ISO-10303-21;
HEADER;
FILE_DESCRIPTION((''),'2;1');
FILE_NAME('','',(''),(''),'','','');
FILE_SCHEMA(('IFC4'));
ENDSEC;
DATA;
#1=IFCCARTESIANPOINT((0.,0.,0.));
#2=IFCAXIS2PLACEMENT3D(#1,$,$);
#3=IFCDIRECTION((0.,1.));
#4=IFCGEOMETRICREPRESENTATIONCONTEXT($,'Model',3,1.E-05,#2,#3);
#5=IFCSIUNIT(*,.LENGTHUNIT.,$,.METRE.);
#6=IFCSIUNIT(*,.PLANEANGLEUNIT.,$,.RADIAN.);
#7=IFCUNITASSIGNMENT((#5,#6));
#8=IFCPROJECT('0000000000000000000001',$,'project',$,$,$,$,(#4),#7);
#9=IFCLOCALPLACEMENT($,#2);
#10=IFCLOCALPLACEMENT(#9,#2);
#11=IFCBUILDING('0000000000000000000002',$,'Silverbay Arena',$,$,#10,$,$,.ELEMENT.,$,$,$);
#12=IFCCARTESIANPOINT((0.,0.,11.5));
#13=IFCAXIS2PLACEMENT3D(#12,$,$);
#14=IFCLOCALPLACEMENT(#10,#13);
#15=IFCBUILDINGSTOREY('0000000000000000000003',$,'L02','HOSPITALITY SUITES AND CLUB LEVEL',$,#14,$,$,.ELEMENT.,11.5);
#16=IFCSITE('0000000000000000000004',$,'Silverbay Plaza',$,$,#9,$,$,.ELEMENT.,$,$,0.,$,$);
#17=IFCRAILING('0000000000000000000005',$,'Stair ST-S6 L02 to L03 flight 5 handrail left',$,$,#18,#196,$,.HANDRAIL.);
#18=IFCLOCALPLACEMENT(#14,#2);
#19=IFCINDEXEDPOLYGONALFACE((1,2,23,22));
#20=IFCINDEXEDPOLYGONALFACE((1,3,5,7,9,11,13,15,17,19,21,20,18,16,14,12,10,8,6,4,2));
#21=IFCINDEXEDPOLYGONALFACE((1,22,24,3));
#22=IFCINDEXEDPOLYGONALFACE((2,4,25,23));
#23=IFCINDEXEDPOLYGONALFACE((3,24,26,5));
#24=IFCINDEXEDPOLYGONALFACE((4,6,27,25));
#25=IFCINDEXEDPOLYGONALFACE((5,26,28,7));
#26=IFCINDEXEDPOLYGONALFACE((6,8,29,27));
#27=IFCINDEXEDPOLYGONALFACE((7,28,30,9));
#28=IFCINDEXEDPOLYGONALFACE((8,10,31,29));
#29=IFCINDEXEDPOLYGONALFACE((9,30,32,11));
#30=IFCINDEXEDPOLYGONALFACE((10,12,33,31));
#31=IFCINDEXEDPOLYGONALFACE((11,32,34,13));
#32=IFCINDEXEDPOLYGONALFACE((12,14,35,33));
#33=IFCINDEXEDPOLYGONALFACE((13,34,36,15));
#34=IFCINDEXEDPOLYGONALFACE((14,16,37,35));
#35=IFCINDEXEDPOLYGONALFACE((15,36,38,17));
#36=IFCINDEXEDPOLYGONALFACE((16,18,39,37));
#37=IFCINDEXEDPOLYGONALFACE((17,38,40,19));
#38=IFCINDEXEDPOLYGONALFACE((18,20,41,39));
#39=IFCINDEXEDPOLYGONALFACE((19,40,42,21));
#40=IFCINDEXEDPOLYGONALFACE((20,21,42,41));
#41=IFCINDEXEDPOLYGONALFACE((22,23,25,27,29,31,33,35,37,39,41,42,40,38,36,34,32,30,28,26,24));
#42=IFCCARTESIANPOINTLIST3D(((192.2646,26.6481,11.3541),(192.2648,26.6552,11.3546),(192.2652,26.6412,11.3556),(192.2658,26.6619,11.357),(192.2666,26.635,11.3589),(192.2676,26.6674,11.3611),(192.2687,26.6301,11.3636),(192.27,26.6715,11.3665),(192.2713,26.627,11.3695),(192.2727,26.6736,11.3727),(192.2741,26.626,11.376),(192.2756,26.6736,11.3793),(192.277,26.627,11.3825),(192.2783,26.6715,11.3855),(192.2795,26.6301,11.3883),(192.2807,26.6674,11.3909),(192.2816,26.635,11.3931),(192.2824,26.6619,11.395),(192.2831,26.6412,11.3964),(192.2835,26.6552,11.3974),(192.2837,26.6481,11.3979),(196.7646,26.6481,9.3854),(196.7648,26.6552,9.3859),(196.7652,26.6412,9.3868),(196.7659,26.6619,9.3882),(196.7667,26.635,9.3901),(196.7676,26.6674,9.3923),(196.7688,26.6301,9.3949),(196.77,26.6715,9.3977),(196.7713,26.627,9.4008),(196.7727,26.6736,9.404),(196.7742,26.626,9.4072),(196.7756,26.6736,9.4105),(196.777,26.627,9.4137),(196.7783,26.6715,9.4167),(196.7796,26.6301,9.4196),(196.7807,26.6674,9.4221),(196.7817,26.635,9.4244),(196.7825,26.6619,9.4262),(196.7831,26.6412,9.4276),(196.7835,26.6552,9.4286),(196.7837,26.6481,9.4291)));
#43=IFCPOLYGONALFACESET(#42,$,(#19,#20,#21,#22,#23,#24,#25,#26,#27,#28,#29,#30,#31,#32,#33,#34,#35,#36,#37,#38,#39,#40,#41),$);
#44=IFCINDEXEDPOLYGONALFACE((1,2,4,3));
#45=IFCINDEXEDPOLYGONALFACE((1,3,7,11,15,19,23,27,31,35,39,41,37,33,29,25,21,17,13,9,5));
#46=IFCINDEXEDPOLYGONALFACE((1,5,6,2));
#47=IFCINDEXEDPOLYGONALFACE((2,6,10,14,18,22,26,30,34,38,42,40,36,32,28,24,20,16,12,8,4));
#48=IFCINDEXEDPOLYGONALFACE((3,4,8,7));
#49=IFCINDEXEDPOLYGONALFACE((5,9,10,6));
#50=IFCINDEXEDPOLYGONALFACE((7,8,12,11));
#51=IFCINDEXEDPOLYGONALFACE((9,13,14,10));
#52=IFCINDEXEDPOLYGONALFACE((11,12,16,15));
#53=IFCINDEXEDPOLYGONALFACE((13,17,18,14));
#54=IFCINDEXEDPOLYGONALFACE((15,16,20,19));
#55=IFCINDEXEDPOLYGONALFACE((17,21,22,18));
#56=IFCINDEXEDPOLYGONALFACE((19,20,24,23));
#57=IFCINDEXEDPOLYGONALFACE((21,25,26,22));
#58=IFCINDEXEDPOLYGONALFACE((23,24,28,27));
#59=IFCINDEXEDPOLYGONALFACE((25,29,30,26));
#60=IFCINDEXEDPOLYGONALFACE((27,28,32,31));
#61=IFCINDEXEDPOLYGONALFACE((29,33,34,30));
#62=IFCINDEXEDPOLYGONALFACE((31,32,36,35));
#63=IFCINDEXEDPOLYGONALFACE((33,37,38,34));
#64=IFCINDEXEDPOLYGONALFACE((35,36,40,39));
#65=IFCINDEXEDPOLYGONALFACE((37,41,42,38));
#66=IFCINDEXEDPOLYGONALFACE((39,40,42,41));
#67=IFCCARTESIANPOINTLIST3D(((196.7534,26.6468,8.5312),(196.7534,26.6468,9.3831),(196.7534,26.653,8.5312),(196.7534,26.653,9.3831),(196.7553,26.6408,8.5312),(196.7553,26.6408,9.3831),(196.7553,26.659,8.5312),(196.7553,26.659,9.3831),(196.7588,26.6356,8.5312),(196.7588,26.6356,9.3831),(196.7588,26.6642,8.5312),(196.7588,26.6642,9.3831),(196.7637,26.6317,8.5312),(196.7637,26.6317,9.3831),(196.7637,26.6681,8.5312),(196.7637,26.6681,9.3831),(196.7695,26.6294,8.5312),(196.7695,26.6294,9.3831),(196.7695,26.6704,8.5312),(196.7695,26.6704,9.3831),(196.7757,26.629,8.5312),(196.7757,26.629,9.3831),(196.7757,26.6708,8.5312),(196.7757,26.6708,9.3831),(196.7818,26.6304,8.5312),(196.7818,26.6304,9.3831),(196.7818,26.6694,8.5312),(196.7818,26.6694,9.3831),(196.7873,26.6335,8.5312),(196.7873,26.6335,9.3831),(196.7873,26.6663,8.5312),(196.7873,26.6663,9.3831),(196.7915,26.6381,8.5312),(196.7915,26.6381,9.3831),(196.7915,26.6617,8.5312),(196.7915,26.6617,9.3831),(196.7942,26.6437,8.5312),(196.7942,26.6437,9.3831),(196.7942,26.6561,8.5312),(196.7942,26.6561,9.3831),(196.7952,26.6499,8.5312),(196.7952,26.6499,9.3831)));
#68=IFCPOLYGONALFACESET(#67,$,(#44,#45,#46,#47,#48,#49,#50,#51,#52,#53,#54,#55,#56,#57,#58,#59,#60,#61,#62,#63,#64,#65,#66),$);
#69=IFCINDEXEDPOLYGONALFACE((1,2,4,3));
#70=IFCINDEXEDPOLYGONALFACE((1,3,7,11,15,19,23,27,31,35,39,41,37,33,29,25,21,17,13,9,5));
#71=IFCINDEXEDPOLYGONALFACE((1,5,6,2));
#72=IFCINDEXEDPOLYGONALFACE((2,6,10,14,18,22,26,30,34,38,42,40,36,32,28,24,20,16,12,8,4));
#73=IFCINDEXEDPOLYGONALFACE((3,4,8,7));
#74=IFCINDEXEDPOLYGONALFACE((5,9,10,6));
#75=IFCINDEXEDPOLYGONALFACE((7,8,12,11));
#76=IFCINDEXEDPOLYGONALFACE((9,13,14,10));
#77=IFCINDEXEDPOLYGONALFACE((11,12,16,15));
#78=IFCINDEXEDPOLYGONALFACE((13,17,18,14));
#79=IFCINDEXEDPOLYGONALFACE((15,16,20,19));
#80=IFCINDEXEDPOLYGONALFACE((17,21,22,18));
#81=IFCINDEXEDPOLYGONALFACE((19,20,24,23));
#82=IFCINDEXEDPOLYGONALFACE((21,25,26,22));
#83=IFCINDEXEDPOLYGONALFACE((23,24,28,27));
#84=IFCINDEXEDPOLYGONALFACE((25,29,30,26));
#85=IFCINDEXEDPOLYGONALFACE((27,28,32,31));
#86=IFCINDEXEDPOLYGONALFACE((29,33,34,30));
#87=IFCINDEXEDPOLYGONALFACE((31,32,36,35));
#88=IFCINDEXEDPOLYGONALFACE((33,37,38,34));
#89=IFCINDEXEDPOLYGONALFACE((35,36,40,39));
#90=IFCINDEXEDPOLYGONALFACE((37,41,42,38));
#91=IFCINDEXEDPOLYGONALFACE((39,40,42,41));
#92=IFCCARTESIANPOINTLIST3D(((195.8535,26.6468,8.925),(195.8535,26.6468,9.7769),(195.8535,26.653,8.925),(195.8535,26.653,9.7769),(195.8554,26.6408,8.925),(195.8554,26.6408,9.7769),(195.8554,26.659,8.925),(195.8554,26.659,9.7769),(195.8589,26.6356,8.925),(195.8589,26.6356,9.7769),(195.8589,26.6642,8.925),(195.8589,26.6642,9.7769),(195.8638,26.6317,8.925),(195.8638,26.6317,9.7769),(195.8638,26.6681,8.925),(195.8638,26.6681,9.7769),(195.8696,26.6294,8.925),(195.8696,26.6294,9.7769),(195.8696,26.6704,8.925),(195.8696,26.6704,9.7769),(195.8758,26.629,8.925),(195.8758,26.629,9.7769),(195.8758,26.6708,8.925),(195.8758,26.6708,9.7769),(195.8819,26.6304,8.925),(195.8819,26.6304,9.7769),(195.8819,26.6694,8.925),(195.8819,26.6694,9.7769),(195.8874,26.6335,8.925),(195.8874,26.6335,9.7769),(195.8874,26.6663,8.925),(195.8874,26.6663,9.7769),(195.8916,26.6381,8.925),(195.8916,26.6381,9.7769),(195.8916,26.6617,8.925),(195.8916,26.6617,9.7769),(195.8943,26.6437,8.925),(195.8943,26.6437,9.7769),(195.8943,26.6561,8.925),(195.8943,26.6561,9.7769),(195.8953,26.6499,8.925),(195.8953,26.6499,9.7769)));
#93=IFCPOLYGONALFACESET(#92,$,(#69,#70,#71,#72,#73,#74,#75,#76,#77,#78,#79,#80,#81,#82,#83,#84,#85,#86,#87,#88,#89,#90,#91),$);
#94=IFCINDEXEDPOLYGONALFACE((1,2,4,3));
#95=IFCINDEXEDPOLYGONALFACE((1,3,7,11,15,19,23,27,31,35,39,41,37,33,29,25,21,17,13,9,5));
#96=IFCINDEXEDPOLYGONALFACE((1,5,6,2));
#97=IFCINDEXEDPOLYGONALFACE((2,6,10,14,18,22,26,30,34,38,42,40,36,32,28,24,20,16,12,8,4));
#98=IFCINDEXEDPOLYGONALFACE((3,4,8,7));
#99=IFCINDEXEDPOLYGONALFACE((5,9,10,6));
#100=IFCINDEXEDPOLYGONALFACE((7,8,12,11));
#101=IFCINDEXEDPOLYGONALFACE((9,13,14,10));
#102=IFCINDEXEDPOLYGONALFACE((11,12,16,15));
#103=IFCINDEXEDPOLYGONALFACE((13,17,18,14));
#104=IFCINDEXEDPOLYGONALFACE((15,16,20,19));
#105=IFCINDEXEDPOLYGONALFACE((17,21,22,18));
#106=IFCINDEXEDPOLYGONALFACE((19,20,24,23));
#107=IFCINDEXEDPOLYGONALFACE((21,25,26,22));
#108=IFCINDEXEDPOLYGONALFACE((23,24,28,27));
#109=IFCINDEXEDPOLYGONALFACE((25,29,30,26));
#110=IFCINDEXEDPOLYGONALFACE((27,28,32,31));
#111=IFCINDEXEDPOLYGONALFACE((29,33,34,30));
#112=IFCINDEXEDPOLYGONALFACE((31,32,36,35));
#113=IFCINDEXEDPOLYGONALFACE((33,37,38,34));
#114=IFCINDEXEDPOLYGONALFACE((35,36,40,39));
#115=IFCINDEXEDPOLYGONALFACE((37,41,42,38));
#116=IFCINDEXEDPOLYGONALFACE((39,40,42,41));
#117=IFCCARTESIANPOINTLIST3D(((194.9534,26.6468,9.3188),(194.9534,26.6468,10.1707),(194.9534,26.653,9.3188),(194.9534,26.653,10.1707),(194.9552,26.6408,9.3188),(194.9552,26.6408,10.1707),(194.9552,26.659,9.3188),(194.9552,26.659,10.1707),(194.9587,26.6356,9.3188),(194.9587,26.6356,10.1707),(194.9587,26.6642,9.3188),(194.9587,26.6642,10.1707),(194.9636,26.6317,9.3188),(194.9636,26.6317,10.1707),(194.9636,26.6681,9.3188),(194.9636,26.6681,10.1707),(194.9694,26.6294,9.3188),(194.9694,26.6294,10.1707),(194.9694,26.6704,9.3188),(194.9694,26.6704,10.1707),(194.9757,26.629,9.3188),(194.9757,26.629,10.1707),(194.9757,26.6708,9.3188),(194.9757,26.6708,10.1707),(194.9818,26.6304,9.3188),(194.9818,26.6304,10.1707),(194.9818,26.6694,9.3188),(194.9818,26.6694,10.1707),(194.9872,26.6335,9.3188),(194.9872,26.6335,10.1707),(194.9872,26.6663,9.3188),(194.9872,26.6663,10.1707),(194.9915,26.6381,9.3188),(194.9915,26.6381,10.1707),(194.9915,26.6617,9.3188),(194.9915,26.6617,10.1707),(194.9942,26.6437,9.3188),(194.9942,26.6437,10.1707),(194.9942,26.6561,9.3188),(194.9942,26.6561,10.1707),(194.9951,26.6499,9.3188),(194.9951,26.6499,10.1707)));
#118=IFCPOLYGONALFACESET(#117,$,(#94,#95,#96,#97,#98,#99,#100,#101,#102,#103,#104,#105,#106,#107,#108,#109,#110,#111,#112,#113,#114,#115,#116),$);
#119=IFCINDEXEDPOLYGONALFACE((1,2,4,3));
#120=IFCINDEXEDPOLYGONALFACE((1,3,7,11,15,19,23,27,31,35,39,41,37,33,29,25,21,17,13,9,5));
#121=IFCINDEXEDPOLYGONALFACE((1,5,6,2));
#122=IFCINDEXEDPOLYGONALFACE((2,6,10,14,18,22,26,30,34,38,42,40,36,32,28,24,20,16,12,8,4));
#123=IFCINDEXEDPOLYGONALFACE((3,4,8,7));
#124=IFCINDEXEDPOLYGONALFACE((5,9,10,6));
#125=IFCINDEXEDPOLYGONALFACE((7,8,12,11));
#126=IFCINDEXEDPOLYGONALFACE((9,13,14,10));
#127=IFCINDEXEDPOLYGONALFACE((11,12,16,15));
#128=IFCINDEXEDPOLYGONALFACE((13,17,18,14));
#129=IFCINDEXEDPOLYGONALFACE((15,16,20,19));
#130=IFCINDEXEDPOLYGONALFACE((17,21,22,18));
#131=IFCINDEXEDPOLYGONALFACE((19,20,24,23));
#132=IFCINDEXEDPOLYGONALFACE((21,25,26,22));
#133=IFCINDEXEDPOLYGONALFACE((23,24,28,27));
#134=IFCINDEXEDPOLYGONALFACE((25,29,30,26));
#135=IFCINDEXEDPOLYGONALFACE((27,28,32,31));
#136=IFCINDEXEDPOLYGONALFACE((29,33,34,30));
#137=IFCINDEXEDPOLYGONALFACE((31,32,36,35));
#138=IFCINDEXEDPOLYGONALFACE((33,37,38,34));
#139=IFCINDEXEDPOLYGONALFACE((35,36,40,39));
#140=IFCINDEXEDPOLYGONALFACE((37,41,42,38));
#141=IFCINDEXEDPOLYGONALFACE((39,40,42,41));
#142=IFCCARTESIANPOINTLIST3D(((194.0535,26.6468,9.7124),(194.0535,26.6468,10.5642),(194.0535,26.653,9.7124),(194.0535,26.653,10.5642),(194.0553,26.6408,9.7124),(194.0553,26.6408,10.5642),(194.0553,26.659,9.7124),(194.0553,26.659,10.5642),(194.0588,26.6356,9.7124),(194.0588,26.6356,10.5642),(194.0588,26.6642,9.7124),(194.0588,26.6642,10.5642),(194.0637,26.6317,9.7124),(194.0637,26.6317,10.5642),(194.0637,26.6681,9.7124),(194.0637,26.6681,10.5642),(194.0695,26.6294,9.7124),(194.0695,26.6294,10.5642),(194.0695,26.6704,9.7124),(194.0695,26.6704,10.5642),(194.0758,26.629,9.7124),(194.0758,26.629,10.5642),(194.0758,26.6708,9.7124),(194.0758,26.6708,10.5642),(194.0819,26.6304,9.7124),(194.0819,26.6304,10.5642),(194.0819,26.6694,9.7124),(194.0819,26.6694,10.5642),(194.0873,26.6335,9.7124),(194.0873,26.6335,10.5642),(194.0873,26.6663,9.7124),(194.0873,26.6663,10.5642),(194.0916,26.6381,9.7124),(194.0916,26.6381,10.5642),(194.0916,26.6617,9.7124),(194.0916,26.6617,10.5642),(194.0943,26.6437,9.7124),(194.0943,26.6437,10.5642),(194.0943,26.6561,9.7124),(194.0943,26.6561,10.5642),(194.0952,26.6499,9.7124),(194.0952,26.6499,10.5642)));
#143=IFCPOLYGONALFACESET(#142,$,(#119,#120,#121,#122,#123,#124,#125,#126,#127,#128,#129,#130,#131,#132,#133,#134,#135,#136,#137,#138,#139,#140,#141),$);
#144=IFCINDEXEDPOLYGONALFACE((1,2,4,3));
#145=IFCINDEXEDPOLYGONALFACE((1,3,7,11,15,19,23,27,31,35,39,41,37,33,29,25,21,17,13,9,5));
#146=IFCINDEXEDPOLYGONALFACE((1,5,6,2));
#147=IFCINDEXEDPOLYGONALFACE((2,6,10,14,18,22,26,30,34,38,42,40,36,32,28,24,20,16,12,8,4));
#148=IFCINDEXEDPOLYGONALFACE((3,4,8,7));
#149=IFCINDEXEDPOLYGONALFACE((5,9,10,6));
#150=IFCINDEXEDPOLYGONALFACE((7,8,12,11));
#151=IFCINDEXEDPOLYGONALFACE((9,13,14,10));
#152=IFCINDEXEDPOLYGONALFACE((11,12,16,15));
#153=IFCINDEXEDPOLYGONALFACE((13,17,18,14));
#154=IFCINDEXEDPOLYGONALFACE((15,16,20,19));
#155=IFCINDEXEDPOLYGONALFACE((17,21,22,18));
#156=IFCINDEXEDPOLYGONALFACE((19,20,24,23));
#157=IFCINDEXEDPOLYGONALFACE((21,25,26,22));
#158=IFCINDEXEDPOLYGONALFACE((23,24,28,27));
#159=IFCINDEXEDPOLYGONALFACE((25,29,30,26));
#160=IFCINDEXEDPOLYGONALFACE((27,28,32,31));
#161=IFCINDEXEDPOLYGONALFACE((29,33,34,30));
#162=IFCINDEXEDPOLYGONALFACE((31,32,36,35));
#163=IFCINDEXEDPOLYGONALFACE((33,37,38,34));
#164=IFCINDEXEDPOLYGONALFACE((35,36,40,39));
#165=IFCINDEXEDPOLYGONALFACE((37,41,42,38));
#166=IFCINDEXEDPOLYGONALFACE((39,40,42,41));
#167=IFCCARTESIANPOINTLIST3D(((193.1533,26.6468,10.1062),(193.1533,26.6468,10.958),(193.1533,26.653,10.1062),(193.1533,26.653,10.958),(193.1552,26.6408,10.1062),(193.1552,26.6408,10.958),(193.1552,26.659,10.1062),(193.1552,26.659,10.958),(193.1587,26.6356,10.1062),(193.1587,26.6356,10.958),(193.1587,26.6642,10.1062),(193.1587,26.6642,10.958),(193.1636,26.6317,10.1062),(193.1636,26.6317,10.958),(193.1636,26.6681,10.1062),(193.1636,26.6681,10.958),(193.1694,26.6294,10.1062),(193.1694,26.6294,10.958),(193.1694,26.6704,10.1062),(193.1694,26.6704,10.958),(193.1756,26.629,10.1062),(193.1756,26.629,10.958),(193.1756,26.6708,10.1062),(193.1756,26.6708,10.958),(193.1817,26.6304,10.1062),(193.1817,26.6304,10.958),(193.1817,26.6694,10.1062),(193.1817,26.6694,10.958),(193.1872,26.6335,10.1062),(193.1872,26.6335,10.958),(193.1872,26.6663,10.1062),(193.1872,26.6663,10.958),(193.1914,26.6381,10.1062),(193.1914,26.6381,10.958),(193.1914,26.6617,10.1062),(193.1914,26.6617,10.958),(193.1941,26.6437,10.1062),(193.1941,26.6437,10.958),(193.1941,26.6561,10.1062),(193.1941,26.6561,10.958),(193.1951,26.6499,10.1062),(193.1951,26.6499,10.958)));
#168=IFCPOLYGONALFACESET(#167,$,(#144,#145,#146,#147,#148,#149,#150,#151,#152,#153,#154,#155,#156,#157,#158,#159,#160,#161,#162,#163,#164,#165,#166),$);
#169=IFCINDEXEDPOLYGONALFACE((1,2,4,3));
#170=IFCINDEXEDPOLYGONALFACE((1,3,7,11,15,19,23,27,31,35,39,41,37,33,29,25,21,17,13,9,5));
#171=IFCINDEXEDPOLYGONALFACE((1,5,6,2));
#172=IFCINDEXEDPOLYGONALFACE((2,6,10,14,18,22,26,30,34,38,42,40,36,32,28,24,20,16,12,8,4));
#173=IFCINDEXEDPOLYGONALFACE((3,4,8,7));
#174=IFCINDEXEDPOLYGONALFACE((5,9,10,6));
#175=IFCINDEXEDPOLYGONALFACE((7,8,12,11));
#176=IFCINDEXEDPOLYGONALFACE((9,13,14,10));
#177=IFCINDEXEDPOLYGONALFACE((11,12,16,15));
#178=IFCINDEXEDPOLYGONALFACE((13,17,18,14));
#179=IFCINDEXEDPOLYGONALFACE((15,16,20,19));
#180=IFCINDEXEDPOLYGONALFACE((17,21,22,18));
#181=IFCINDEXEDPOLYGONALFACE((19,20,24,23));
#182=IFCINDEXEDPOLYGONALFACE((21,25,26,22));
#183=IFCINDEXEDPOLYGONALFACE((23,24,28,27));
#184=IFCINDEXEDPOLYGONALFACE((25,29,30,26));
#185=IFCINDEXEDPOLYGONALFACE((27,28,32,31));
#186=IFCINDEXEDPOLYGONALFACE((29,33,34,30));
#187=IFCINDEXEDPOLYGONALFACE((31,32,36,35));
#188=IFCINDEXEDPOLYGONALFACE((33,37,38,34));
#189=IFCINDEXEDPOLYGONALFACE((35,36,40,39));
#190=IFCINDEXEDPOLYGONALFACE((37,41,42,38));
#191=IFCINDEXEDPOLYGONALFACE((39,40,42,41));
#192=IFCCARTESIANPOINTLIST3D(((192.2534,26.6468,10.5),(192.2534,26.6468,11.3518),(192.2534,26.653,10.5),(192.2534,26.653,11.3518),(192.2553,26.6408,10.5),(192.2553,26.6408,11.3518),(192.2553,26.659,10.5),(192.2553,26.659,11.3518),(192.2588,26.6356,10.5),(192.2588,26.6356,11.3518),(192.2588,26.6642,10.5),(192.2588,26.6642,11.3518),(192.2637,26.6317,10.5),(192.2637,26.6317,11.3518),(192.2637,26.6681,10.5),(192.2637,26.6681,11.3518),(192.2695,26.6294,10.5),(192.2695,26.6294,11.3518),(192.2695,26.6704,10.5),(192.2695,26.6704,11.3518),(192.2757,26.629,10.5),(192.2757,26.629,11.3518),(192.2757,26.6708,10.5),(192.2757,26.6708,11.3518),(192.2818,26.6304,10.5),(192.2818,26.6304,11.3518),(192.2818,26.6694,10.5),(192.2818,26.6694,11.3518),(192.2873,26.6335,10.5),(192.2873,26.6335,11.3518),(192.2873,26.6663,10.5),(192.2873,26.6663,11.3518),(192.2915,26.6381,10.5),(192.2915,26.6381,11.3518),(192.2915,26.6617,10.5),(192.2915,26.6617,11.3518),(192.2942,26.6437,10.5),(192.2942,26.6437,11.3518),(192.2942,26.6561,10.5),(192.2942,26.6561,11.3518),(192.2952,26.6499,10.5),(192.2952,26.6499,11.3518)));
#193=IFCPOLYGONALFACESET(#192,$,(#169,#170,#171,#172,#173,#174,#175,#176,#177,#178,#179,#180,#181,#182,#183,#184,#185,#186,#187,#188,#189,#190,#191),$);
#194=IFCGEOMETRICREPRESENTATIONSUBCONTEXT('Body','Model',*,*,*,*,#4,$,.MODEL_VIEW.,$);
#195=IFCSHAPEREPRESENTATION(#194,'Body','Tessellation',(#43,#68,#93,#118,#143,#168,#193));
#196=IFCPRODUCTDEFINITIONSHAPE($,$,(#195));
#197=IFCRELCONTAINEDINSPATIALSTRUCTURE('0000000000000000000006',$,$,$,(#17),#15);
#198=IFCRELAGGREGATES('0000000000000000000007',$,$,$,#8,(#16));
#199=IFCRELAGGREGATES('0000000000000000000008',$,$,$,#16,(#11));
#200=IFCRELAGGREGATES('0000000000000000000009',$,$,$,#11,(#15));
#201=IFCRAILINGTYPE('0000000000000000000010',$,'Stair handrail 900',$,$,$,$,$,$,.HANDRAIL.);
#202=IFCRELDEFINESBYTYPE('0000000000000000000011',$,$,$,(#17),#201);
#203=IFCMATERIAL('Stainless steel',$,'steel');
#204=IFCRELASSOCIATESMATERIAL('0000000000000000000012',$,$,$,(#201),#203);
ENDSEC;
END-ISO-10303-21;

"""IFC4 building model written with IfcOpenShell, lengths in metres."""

from ifc_helpers import new_model, si_unit, direction, frame, origin, origin_2d, place, context, subcontext, project, spatial, circle, extrude, material, type_object, element, save


model = new_model("IFC4")

# Units and contexts
model_context = context("Model", 3, precision=1e-05, world=origin(), true_north=direction((0.0, 1.0)))
body_context = subcontext(model_context, "Body", "Model", "MODEL_VIEW")
ifc_project = project(units=[si_unit("LENGTHUNIT", "METRE"), si_unit("PLANEANGLEUNIT", "RADIAN")], contexts=[model_context])

# Site, building, storey
site_placement = place(None, origin())
site = spatial("IfcSite", under=ifc_project, at=site_placement, Name="Silverbay Plaza", CompositionType="ELEMENT", RefElevation=0.0)
building_placement = place(site_placement, origin())
building = spatial("IfcBuilding", under=site, at=building_placement, Name="Silverbay Arena", CompositionType="ELEMENT")
storey_placement = place(building_placement, frame((0.0, 0.0, 11.5)))
storey = spatial("IfcBuildingStorey", under=building, at=storey_placement, Name="L02", Description="HOSPITALITY SUITES AND CLUB LEVEL", CompositionType="ELEMENT", Elevation=11.5)

# Railing
ifc_material_1 = material(Name="Stainless steel", Category="steel")
railing_type_1 = type_object("IfcRailingType", Name="Stair handrail 900", PredefinedType="HANDRAIL", material=ifc_material_1)
for number, where, name in (
    (1, (196.7742, 26.6499, 8.5312), "Stair ST-S6 L02 to L03 flight 5 handrail left"),
):
    element("IfcRailing", number, at=place(storey_placement, frame(where)), inside=storey, type_object=railing_type_1, Name=name, PredefinedType="HANDRAIL", context=body_context, shape_type="SweptSolid", body=[
        extrude(circle(Radius=0.0239, at=origin_2d()), frame((0.0, 0.0, 0.876), z_axis=(-0.916157, 0.0, 0.400819), x_axis=(0.0, -1.0, 0.0)), (0.0, 0.0, 1.0), 4.9119),
        extrude(circle(Radius=0.021, at=origin_2d()), origin(), (0.0, 0.0, 1.0), 0.8518),
        extrude(circle(Radius=0.021, at=origin_2d()), frame((-0.8999, 0.0, 0.3938)), (0.0, 0.0, 1.0), 0.8518),
        extrude(circle(Radius=0.021, at=origin_2d()), frame((-1.8, 0.0, 0.7876)), (0.0, 0.0, 1.0), 0.8518),
        extrude(circle(Radius=0.021, at=origin_2d()), frame((-2.7, 0.0, 1.1812)), (0.0, 0.0, 1.0), 0.8518),
        extrude(circle(Radius=0.021, at=origin_2d()), frame((-3.6001, 0.0, 1.575)), (0.0, 0.0, 1.0), 0.8518),
        extrude(circle(Radius=0.021, at=origin_2d()), frame((-4.5, 0.0, 1.9688)), (0.0, 0.0, 1.0), 0.8518),
    ])

save(model, "model.ifc")
